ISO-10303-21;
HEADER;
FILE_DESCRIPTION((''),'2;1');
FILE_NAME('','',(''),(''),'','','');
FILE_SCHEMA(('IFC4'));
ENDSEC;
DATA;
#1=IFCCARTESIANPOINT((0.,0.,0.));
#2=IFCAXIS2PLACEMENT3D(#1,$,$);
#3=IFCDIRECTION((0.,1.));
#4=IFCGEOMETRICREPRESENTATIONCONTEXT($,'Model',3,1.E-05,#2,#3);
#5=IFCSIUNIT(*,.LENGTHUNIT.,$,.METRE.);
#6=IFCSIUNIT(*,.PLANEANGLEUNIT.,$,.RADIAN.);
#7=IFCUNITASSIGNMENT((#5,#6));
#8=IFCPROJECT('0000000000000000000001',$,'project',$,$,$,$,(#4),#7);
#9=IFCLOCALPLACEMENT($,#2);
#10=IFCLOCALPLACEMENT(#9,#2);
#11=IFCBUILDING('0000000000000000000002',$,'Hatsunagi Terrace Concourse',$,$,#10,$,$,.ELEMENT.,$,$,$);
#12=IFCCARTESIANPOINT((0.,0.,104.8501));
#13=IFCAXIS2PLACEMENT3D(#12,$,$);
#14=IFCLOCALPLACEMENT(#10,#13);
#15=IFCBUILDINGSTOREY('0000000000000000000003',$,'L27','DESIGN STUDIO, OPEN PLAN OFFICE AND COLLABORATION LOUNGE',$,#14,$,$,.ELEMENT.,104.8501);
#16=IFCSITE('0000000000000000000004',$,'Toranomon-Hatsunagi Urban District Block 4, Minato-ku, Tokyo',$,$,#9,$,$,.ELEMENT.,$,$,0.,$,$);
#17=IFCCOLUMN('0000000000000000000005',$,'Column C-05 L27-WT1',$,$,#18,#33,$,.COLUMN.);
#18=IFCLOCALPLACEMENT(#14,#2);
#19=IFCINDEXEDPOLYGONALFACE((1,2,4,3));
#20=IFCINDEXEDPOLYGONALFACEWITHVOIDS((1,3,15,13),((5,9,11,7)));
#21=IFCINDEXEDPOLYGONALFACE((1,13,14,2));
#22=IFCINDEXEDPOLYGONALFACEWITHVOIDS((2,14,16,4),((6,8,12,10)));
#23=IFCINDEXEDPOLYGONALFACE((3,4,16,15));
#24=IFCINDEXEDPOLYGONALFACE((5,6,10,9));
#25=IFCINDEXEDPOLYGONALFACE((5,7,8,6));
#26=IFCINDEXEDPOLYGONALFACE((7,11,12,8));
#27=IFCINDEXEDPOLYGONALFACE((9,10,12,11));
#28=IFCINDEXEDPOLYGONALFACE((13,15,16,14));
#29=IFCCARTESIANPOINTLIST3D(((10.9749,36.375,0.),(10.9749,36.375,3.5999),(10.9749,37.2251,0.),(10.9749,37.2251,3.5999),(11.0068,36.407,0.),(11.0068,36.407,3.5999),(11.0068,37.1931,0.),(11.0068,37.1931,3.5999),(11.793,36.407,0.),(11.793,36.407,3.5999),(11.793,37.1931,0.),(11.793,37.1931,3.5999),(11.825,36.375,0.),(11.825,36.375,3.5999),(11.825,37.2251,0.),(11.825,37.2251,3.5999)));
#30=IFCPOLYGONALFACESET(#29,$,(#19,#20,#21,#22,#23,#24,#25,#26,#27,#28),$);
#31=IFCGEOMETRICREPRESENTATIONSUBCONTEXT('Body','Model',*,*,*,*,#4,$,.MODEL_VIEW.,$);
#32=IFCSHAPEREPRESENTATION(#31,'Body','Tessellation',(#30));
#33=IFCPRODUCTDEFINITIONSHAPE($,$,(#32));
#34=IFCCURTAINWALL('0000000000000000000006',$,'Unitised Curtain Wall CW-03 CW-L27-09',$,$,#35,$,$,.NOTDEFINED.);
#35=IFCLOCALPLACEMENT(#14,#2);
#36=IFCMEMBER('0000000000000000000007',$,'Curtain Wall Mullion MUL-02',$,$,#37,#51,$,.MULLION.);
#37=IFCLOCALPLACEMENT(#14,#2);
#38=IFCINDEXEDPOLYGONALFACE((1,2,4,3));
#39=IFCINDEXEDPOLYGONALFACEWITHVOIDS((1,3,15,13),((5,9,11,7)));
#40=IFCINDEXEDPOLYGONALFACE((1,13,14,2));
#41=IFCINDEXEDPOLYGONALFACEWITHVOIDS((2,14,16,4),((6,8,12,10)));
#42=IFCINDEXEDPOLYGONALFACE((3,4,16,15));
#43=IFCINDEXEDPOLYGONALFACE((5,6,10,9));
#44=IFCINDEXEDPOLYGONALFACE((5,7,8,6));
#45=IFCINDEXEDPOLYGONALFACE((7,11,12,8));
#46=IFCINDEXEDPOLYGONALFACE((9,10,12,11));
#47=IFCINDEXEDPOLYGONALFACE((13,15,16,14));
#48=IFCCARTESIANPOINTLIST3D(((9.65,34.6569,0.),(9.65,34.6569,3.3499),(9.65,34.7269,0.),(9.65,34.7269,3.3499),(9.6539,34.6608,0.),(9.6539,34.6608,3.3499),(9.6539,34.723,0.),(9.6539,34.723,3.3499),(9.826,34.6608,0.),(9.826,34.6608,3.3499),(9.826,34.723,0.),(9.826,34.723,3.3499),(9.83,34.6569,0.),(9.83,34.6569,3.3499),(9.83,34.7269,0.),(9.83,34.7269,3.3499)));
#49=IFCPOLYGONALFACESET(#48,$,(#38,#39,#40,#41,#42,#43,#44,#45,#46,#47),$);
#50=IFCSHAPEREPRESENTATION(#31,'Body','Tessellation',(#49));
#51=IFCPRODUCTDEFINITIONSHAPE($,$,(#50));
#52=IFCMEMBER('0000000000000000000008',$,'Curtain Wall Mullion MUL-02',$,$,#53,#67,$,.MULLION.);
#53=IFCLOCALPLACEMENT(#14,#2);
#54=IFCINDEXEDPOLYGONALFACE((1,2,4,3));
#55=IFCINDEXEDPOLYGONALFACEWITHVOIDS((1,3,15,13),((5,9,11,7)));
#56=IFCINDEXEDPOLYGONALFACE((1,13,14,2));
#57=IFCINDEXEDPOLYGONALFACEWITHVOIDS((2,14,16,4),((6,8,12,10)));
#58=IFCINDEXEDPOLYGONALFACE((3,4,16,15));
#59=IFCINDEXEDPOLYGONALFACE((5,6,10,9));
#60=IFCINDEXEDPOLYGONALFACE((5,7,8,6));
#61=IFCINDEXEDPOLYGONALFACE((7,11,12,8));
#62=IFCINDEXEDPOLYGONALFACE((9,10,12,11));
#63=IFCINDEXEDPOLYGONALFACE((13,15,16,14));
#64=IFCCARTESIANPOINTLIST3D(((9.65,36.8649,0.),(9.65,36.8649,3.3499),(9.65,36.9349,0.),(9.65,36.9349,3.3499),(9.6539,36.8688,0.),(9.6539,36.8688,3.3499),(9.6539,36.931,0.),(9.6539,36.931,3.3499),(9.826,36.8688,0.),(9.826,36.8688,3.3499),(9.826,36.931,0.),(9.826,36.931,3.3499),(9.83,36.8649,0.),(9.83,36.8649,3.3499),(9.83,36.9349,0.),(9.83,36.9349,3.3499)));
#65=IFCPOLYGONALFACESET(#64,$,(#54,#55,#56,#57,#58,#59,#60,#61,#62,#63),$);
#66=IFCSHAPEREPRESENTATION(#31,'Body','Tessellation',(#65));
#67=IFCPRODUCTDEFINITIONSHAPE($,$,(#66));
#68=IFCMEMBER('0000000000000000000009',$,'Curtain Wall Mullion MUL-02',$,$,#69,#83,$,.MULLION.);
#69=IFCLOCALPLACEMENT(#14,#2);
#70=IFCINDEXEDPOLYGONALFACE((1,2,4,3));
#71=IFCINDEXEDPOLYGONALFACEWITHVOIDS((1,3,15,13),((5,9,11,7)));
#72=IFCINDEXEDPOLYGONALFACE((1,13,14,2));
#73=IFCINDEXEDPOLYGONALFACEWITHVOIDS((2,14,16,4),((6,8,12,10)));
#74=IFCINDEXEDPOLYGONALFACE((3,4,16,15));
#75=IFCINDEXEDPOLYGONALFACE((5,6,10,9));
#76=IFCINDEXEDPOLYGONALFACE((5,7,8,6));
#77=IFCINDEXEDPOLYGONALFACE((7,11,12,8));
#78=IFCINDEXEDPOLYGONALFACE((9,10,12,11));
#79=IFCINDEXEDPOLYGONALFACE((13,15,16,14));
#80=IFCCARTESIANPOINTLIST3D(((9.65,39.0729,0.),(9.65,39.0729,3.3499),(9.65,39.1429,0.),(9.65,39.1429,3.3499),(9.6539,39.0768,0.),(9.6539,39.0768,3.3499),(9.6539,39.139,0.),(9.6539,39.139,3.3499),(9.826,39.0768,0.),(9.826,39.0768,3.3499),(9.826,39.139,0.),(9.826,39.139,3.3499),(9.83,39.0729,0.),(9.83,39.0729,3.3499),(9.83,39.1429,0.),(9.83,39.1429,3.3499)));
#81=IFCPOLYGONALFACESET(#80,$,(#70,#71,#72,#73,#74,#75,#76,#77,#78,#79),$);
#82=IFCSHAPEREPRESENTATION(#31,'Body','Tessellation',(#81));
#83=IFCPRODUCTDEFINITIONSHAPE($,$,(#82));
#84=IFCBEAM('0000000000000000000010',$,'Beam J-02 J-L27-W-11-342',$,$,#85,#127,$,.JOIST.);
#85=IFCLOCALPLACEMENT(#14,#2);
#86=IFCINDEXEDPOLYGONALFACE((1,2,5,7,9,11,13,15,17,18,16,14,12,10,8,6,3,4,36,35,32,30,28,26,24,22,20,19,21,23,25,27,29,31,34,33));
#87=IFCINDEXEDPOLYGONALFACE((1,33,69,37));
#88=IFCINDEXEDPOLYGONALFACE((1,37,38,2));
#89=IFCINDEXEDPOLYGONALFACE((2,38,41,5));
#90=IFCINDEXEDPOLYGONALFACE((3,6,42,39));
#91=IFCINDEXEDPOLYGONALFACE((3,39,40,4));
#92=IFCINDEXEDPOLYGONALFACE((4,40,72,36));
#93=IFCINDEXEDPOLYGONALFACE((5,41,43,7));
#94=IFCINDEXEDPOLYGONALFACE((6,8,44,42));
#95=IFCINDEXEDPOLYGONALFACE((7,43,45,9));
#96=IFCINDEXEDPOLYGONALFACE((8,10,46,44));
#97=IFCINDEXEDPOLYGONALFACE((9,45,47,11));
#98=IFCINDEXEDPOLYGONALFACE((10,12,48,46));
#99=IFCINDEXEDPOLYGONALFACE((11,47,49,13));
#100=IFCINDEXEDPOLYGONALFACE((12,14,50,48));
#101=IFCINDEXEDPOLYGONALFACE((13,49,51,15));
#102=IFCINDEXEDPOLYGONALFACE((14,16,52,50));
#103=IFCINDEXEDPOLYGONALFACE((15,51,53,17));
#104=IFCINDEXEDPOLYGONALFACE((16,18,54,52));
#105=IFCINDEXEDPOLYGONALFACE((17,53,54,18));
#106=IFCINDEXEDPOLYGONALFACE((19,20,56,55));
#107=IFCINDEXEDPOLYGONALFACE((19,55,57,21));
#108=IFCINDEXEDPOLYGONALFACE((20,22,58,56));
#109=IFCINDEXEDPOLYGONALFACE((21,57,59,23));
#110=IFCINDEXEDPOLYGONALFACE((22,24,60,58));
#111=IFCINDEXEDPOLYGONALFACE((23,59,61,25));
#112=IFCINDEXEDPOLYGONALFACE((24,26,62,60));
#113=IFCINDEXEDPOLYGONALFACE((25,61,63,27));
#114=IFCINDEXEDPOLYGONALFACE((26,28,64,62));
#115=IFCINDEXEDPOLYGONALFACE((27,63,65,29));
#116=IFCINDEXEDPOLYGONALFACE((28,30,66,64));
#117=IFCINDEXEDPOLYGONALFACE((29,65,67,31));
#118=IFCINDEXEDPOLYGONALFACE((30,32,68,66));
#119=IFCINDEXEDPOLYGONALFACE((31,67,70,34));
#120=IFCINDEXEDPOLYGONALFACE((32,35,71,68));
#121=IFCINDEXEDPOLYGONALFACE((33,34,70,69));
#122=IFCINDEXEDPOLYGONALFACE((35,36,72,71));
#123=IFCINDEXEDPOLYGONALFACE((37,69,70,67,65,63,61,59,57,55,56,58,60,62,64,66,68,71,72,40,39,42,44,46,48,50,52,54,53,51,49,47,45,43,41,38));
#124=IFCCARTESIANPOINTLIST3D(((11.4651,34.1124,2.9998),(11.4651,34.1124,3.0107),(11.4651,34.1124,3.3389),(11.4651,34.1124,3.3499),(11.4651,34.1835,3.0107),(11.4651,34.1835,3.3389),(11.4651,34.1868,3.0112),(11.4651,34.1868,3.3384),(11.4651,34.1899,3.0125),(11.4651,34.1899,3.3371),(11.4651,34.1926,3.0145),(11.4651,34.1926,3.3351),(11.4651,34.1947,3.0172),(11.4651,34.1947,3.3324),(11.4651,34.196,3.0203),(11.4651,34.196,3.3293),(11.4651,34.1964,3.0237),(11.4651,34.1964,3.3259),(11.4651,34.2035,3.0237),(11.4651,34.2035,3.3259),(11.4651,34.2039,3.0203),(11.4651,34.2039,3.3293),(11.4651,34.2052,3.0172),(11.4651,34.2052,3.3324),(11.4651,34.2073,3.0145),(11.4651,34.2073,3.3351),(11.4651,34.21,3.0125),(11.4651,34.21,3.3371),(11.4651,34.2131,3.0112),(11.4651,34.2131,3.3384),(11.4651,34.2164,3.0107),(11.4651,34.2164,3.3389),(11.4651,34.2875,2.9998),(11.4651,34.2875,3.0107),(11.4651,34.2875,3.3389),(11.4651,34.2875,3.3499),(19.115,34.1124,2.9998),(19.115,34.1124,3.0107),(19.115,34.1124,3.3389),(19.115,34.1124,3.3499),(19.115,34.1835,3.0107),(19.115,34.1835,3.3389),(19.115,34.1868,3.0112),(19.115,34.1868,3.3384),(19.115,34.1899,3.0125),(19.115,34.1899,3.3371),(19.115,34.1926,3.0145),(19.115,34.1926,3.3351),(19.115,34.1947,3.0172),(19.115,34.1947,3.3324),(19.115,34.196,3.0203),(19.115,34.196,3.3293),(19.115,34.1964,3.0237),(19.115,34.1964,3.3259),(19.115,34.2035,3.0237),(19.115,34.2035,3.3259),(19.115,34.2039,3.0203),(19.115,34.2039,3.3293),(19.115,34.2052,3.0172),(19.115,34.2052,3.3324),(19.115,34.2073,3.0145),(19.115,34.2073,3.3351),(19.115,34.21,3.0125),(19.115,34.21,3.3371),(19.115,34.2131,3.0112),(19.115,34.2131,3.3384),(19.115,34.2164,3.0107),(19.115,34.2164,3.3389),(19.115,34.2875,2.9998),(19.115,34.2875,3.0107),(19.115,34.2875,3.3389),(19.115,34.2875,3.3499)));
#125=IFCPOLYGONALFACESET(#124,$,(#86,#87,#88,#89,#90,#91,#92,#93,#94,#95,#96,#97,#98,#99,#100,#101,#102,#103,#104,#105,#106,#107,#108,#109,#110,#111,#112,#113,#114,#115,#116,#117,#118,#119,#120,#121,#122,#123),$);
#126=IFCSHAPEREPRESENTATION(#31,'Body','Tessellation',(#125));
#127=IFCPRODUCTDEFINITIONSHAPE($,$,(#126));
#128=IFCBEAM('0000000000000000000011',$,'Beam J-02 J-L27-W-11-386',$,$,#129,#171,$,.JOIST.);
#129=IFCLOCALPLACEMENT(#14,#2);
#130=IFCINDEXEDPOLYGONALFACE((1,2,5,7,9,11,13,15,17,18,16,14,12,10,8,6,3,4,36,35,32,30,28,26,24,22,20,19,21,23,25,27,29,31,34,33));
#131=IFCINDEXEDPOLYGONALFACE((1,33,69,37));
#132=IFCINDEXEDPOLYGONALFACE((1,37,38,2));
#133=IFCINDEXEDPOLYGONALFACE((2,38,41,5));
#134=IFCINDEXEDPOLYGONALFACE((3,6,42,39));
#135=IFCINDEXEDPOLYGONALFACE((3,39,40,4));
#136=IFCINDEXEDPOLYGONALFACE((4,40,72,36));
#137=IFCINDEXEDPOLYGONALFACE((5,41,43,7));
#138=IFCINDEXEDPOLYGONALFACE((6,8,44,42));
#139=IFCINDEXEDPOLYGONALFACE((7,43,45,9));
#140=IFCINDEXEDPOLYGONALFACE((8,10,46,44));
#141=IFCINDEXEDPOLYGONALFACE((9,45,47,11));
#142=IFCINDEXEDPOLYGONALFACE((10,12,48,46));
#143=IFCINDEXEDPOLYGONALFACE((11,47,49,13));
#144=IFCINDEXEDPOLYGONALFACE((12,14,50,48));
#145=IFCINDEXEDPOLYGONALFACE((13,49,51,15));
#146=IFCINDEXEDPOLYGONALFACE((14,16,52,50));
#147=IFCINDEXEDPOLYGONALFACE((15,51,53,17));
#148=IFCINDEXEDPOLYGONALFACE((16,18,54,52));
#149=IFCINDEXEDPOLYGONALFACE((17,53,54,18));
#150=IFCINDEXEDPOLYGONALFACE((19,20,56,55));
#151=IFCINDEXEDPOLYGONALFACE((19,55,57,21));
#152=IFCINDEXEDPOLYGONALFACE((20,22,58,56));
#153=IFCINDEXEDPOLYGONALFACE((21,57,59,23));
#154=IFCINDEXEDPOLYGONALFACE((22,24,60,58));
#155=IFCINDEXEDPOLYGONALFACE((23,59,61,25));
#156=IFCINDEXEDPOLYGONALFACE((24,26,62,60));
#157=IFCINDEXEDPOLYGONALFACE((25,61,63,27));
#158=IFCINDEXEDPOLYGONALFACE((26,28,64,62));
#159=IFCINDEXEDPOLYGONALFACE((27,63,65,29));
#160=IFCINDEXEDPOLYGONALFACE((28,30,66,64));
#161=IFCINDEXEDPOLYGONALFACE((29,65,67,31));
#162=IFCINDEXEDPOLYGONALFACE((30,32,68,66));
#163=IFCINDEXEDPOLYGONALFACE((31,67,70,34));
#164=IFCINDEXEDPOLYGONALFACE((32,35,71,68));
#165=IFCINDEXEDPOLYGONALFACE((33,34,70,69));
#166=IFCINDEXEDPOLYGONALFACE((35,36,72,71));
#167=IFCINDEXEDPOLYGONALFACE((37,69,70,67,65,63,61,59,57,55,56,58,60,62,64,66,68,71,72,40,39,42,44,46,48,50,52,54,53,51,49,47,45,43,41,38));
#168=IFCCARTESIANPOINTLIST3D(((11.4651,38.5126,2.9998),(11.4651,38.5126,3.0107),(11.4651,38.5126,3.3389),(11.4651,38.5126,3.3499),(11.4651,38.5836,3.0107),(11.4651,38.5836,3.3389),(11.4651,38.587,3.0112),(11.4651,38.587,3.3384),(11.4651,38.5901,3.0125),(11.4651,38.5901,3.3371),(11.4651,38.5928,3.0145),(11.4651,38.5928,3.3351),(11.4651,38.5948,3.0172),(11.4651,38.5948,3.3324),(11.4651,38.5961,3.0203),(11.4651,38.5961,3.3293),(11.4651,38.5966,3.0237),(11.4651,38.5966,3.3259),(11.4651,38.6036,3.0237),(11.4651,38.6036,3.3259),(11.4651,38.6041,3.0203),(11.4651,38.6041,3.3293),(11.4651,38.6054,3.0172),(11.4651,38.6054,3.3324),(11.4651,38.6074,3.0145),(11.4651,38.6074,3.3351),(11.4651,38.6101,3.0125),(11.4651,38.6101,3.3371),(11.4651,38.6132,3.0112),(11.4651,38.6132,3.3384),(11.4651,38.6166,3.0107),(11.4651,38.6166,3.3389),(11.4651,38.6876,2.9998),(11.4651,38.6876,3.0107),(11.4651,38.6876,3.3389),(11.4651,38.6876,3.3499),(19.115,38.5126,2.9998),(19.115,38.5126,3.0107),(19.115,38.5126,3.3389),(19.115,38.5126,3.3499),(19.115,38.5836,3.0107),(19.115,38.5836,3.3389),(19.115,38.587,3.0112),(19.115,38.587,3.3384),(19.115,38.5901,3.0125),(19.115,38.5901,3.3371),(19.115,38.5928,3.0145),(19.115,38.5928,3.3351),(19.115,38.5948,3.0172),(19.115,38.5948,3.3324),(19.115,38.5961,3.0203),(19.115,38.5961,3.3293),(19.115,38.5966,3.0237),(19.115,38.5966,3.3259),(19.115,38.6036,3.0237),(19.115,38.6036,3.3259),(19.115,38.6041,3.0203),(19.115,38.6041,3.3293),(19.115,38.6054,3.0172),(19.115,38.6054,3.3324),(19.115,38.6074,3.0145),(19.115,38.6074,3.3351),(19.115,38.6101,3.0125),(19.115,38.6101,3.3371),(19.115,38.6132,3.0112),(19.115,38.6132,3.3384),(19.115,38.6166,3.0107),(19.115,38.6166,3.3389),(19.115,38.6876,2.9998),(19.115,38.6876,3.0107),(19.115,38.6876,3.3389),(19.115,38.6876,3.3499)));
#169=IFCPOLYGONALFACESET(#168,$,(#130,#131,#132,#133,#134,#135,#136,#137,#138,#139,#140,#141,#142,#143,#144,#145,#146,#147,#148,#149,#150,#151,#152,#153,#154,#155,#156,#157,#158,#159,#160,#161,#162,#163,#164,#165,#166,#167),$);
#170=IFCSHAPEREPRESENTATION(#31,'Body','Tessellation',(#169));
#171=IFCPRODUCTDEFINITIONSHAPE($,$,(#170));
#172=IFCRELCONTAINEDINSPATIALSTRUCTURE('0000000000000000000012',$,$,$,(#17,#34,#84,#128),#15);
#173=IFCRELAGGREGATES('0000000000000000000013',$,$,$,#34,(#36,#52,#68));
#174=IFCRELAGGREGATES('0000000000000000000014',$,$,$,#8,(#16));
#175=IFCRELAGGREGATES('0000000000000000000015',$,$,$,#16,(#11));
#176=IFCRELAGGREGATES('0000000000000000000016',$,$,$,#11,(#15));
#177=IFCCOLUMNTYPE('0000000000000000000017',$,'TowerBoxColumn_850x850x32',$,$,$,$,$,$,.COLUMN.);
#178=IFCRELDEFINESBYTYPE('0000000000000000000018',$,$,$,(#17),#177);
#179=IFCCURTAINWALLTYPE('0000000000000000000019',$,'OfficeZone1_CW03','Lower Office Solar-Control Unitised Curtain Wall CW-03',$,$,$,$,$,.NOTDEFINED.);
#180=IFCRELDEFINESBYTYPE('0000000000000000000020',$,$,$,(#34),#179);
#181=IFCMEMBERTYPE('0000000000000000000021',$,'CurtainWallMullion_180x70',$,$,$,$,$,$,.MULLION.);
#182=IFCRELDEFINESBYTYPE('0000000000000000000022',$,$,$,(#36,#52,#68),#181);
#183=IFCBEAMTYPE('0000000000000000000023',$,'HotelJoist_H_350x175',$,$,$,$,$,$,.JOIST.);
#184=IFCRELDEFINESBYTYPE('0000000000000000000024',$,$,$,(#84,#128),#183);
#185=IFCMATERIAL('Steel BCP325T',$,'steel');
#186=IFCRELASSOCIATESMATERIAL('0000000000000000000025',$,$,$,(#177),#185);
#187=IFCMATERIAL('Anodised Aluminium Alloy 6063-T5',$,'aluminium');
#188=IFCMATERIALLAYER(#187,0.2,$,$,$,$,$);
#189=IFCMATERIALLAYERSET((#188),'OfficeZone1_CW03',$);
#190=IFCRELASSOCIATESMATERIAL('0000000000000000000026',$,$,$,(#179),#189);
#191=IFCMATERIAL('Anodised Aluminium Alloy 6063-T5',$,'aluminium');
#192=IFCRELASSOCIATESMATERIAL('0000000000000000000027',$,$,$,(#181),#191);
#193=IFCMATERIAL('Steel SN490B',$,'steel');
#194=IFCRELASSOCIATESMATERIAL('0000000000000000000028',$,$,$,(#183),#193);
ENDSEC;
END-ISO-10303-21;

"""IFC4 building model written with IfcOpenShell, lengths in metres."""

from ifc_helpers import new_model, si_unit, direction, frame, origin, origin_2d, place, context, subcontext, project, spatial, hollow_rectangle, i_section, extrude, material, layer, layer_set, material_profile, profile_set, type_object, element, aggregate, save


model = new_model("IFC4")

# Units and contexts
model_context = context("Model", 3, precision=1e-05, world=origin(), true_north=direction((0.0, 1.0)))
body_context = subcontext(model_context, "Body", "Model", "MODEL_VIEW")
ifc_project = project(units=[si_unit("LENGTHUNIT", "METRE"), si_unit("PLANEANGLEUNIT", "RADIAN")], contexts=[model_context])

# Site, building, storey
site_placement = place(None, origin())
site = spatial("IfcSite", under=ifc_project, at=site_placement, Name="Toranomon-Hatsunagi Urban District Block 4, Minato-ku, Tokyo", CompositionType="ELEMENT", RefElevation=0.0)
building_placement = place(site_placement, origin())
building = spatial("IfcBuilding", under=site, at=building_placement, Name="Hatsunagi Terrace Concourse", CompositionType="ELEMENT")
storey_placement = place(building_placement, frame((0.0, 0.0, 104.8501)))
storey = spatial("IfcBuildingStorey", under=building, at=storey_placement, Name="L27", Description="DESIGN STUDIO, OPEN PLAN OFFICE AND COLLABORATION LOUNGE", CompositionType="ELEMENT", Elevation=104.8501)

# Column
ifc_material_1 = material(Name="Steel BCP325T", Category="steel")
ifc_material_profile_1 = material_profile(ifc_material_1, hollow_rectangle(XDim=0.8501, YDim=0.8501, WallThickness=0.032, at=origin_2d()), Name="BCP-850x850x32")
ifc_profile_set_1 = profile_set([ifc_material_profile_1], Name="Steel BCP325T")
column_type = type_object("IfcColumnType", Name="TowerBoxColumn_850x850x32", PredefinedType="COLUMN", material=ifc_profile_set_1)
column_placement = place(storey_placement, frame((11.3999, 36.8, 0.0), z_axis=(0.0, 0.0, 1.0), x_axis=(1.0, 0.0, 0.0)))
element("IfcColumn", 1, at=column_placement, inside=storey, type_object=column_type, Name="Column C-05 L27-WT1", PredefinedType="COLUMN", context=body_context, shape_type="SweptSolid", body=[
    extrude(hollow_rectangle(XDim=0.8501, YDim=0.8501, WallThickness=0.032, at=origin_2d()), origin(), (0.0, 0.0, 1.0), 3.5999),
])

# Curtain wall, members
ifc_material_2 = material(Name="Anodised Aluminium Alloy 6063-T5", Category="aluminium")
ifc_layer_1 = layer(ifc_material_2, 0.2)
ifc_layer_set_1 = layer_set([ifc_layer_1], Name="OfficeZone1_CW03")
curtain_wall_type = type_object("IfcCurtainWallType", Name="OfficeZone1_CW03", Description="Lower Office Solar-Control Unitised Curtain Wall CW-03", PredefinedType="NOTDEFINED", material=ifc_layer_set_1)
curtain_wall_placement = place(storey_placement, origin())
curtain_wall = element("IfcCurtainWall", 2, at=curtain_wall_placement, inside=storey, type_object=curtain_wall_type, Name="Unitised Curtain Wall CW-03 CW-L27-09", PredefinedType="NOTDEFINED")
ifc_material_3 = material(Name="Anodised Aluminium Alloy 6063-T5", Category="aluminium")
ifc_material_profile_2 = material_profile(ifc_material_3, hollow_rectangle(XDim=0.0701, YDim=0.1799, WallThickness=0.0039, at=origin_2d()), Name="ALU-MUL-180x70x4")
ifc_profile_set_2 = profile_set([ifc_material_profile_2], Name="Anodised Aluminium Alloy 6063-T5")
member_type = type_object("IfcMemberType", Name="CurtainWallMullion_180x70", PredefinedType="MULLION", material=ifc_profile_set_2)
member_1_placement = place(storey_placement, frame((9.74, 34.6919, 0.0), z_axis=(0.0, 0.0, 1.0), x_axis=(0.0, 1.0, 0.0)))
member_1 = element("IfcMember", 3, at=member_1_placement, type_object=member_type, Name="Curtain Wall Mullion MUL-02", PredefinedType="MULLION", context=body_context, shape_type="SweptSolid", body=[
    extrude(hollow_rectangle(XDim=0.0701, YDim=0.1799, WallThickness=0.0039, at=origin_2d()), origin(), (0.0, 0.0, 1.0), 3.3499),
])
member_2_placement = place(storey_placement, frame((9.74, 36.8999, 0.0), z_axis=(0.0, 0.0, 1.0), x_axis=(0.0, 1.0, 0.0)))
member_2 = element("IfcMember", 4, at=member_2_placement, type_object=member_type, Name="Curtain Wall Mullion MUL-02", PredefinedType="MULLION", context=body_context, shape_type="SweptSolid", body=[
    extrude(hollow_rectangle(XDim=0.0701, YDim=0.1799, WallThickness=0.0039, at=origin_2d()), origin(), (0.0, 0.0, 1.0), 3.3499),
])
member_3_placement = place(storey_placement, frame((9.74, 39.1079, 0.0), z_axis=(0.0, 0.0, 1.0), x_axis=(0.0, 1.0, 0.0)))
member_3 = element("IfcMember", 5, at=member_3_placement, type_object=member_type, Name="Curtain Wall Mullion MUL-02", PredefinedType="MULLION", context=body_context, shape_type="SweptSolid", body=[
    extrude(hollow_rectangle(XDim=0.0701, YDim=0.1799, WallThickness=0.0039, at=origin_2d()), origin(), (0.0, 0.0, 1.0), 3.3499),
])

# Beams
ifc_material_4 = material(Name="Steel SN490B", Category="steel")
ifc_material_profile_3 = material_profile(ifc_material_4, i_section(OverallWidth=0.175, OverallDepth=0.3501, WebThickness=0.0071, FlangeThickness=0.011, FilletRadius=0.0129, at=origin_2d()), Name="H-350x175x7x11")
ifc_profile_set_3 = profile_set([ifc_material_profile_3], Name="Steel SN490B")
beam_type_1 = type_object("IfcBeamType", Name="HotelJoist_H_350x175", PredefinedType="JOIST", material=ifc_profile_set_3)
for number, where, z_axis, x_axis, name in (
    (6, (11.4651, 34.2, 3.1748), (1.0, 0.0, 0.0), (0.0, 1.0, 0.0), "Beam J-02 J-L27-W-11-342"),
    (7, (11.4651, 38.6001, 3.1748), (1.0, 0.0, 0.0), (0.0, 1.0, 0.0), "Beam J-02 J-L27-W-11-386"),
):
    element("IfcBeam", number, at=place(storey_placement, frame(where, z_axis=z_axis, x_axis=x_axis)), inside=storey, type_object=beam_type_1, Name=name, PredefinedType="JOIST", context=body_context, shape_type="SweptSolid", body=[
        extrude(i_section(OverallWidth=0.175, OverallDepth=0.3501, WebThickness=0.0071, FlangeThickness=0.011, FilletRadius=0.0129, at=origin_2d()), origin(), (0.0, 0.0, 1.0), 7.6499),
    ])

aggregate(curtain_wall, [member_1, member_2, member_3])

save(model, "model.ifc")
